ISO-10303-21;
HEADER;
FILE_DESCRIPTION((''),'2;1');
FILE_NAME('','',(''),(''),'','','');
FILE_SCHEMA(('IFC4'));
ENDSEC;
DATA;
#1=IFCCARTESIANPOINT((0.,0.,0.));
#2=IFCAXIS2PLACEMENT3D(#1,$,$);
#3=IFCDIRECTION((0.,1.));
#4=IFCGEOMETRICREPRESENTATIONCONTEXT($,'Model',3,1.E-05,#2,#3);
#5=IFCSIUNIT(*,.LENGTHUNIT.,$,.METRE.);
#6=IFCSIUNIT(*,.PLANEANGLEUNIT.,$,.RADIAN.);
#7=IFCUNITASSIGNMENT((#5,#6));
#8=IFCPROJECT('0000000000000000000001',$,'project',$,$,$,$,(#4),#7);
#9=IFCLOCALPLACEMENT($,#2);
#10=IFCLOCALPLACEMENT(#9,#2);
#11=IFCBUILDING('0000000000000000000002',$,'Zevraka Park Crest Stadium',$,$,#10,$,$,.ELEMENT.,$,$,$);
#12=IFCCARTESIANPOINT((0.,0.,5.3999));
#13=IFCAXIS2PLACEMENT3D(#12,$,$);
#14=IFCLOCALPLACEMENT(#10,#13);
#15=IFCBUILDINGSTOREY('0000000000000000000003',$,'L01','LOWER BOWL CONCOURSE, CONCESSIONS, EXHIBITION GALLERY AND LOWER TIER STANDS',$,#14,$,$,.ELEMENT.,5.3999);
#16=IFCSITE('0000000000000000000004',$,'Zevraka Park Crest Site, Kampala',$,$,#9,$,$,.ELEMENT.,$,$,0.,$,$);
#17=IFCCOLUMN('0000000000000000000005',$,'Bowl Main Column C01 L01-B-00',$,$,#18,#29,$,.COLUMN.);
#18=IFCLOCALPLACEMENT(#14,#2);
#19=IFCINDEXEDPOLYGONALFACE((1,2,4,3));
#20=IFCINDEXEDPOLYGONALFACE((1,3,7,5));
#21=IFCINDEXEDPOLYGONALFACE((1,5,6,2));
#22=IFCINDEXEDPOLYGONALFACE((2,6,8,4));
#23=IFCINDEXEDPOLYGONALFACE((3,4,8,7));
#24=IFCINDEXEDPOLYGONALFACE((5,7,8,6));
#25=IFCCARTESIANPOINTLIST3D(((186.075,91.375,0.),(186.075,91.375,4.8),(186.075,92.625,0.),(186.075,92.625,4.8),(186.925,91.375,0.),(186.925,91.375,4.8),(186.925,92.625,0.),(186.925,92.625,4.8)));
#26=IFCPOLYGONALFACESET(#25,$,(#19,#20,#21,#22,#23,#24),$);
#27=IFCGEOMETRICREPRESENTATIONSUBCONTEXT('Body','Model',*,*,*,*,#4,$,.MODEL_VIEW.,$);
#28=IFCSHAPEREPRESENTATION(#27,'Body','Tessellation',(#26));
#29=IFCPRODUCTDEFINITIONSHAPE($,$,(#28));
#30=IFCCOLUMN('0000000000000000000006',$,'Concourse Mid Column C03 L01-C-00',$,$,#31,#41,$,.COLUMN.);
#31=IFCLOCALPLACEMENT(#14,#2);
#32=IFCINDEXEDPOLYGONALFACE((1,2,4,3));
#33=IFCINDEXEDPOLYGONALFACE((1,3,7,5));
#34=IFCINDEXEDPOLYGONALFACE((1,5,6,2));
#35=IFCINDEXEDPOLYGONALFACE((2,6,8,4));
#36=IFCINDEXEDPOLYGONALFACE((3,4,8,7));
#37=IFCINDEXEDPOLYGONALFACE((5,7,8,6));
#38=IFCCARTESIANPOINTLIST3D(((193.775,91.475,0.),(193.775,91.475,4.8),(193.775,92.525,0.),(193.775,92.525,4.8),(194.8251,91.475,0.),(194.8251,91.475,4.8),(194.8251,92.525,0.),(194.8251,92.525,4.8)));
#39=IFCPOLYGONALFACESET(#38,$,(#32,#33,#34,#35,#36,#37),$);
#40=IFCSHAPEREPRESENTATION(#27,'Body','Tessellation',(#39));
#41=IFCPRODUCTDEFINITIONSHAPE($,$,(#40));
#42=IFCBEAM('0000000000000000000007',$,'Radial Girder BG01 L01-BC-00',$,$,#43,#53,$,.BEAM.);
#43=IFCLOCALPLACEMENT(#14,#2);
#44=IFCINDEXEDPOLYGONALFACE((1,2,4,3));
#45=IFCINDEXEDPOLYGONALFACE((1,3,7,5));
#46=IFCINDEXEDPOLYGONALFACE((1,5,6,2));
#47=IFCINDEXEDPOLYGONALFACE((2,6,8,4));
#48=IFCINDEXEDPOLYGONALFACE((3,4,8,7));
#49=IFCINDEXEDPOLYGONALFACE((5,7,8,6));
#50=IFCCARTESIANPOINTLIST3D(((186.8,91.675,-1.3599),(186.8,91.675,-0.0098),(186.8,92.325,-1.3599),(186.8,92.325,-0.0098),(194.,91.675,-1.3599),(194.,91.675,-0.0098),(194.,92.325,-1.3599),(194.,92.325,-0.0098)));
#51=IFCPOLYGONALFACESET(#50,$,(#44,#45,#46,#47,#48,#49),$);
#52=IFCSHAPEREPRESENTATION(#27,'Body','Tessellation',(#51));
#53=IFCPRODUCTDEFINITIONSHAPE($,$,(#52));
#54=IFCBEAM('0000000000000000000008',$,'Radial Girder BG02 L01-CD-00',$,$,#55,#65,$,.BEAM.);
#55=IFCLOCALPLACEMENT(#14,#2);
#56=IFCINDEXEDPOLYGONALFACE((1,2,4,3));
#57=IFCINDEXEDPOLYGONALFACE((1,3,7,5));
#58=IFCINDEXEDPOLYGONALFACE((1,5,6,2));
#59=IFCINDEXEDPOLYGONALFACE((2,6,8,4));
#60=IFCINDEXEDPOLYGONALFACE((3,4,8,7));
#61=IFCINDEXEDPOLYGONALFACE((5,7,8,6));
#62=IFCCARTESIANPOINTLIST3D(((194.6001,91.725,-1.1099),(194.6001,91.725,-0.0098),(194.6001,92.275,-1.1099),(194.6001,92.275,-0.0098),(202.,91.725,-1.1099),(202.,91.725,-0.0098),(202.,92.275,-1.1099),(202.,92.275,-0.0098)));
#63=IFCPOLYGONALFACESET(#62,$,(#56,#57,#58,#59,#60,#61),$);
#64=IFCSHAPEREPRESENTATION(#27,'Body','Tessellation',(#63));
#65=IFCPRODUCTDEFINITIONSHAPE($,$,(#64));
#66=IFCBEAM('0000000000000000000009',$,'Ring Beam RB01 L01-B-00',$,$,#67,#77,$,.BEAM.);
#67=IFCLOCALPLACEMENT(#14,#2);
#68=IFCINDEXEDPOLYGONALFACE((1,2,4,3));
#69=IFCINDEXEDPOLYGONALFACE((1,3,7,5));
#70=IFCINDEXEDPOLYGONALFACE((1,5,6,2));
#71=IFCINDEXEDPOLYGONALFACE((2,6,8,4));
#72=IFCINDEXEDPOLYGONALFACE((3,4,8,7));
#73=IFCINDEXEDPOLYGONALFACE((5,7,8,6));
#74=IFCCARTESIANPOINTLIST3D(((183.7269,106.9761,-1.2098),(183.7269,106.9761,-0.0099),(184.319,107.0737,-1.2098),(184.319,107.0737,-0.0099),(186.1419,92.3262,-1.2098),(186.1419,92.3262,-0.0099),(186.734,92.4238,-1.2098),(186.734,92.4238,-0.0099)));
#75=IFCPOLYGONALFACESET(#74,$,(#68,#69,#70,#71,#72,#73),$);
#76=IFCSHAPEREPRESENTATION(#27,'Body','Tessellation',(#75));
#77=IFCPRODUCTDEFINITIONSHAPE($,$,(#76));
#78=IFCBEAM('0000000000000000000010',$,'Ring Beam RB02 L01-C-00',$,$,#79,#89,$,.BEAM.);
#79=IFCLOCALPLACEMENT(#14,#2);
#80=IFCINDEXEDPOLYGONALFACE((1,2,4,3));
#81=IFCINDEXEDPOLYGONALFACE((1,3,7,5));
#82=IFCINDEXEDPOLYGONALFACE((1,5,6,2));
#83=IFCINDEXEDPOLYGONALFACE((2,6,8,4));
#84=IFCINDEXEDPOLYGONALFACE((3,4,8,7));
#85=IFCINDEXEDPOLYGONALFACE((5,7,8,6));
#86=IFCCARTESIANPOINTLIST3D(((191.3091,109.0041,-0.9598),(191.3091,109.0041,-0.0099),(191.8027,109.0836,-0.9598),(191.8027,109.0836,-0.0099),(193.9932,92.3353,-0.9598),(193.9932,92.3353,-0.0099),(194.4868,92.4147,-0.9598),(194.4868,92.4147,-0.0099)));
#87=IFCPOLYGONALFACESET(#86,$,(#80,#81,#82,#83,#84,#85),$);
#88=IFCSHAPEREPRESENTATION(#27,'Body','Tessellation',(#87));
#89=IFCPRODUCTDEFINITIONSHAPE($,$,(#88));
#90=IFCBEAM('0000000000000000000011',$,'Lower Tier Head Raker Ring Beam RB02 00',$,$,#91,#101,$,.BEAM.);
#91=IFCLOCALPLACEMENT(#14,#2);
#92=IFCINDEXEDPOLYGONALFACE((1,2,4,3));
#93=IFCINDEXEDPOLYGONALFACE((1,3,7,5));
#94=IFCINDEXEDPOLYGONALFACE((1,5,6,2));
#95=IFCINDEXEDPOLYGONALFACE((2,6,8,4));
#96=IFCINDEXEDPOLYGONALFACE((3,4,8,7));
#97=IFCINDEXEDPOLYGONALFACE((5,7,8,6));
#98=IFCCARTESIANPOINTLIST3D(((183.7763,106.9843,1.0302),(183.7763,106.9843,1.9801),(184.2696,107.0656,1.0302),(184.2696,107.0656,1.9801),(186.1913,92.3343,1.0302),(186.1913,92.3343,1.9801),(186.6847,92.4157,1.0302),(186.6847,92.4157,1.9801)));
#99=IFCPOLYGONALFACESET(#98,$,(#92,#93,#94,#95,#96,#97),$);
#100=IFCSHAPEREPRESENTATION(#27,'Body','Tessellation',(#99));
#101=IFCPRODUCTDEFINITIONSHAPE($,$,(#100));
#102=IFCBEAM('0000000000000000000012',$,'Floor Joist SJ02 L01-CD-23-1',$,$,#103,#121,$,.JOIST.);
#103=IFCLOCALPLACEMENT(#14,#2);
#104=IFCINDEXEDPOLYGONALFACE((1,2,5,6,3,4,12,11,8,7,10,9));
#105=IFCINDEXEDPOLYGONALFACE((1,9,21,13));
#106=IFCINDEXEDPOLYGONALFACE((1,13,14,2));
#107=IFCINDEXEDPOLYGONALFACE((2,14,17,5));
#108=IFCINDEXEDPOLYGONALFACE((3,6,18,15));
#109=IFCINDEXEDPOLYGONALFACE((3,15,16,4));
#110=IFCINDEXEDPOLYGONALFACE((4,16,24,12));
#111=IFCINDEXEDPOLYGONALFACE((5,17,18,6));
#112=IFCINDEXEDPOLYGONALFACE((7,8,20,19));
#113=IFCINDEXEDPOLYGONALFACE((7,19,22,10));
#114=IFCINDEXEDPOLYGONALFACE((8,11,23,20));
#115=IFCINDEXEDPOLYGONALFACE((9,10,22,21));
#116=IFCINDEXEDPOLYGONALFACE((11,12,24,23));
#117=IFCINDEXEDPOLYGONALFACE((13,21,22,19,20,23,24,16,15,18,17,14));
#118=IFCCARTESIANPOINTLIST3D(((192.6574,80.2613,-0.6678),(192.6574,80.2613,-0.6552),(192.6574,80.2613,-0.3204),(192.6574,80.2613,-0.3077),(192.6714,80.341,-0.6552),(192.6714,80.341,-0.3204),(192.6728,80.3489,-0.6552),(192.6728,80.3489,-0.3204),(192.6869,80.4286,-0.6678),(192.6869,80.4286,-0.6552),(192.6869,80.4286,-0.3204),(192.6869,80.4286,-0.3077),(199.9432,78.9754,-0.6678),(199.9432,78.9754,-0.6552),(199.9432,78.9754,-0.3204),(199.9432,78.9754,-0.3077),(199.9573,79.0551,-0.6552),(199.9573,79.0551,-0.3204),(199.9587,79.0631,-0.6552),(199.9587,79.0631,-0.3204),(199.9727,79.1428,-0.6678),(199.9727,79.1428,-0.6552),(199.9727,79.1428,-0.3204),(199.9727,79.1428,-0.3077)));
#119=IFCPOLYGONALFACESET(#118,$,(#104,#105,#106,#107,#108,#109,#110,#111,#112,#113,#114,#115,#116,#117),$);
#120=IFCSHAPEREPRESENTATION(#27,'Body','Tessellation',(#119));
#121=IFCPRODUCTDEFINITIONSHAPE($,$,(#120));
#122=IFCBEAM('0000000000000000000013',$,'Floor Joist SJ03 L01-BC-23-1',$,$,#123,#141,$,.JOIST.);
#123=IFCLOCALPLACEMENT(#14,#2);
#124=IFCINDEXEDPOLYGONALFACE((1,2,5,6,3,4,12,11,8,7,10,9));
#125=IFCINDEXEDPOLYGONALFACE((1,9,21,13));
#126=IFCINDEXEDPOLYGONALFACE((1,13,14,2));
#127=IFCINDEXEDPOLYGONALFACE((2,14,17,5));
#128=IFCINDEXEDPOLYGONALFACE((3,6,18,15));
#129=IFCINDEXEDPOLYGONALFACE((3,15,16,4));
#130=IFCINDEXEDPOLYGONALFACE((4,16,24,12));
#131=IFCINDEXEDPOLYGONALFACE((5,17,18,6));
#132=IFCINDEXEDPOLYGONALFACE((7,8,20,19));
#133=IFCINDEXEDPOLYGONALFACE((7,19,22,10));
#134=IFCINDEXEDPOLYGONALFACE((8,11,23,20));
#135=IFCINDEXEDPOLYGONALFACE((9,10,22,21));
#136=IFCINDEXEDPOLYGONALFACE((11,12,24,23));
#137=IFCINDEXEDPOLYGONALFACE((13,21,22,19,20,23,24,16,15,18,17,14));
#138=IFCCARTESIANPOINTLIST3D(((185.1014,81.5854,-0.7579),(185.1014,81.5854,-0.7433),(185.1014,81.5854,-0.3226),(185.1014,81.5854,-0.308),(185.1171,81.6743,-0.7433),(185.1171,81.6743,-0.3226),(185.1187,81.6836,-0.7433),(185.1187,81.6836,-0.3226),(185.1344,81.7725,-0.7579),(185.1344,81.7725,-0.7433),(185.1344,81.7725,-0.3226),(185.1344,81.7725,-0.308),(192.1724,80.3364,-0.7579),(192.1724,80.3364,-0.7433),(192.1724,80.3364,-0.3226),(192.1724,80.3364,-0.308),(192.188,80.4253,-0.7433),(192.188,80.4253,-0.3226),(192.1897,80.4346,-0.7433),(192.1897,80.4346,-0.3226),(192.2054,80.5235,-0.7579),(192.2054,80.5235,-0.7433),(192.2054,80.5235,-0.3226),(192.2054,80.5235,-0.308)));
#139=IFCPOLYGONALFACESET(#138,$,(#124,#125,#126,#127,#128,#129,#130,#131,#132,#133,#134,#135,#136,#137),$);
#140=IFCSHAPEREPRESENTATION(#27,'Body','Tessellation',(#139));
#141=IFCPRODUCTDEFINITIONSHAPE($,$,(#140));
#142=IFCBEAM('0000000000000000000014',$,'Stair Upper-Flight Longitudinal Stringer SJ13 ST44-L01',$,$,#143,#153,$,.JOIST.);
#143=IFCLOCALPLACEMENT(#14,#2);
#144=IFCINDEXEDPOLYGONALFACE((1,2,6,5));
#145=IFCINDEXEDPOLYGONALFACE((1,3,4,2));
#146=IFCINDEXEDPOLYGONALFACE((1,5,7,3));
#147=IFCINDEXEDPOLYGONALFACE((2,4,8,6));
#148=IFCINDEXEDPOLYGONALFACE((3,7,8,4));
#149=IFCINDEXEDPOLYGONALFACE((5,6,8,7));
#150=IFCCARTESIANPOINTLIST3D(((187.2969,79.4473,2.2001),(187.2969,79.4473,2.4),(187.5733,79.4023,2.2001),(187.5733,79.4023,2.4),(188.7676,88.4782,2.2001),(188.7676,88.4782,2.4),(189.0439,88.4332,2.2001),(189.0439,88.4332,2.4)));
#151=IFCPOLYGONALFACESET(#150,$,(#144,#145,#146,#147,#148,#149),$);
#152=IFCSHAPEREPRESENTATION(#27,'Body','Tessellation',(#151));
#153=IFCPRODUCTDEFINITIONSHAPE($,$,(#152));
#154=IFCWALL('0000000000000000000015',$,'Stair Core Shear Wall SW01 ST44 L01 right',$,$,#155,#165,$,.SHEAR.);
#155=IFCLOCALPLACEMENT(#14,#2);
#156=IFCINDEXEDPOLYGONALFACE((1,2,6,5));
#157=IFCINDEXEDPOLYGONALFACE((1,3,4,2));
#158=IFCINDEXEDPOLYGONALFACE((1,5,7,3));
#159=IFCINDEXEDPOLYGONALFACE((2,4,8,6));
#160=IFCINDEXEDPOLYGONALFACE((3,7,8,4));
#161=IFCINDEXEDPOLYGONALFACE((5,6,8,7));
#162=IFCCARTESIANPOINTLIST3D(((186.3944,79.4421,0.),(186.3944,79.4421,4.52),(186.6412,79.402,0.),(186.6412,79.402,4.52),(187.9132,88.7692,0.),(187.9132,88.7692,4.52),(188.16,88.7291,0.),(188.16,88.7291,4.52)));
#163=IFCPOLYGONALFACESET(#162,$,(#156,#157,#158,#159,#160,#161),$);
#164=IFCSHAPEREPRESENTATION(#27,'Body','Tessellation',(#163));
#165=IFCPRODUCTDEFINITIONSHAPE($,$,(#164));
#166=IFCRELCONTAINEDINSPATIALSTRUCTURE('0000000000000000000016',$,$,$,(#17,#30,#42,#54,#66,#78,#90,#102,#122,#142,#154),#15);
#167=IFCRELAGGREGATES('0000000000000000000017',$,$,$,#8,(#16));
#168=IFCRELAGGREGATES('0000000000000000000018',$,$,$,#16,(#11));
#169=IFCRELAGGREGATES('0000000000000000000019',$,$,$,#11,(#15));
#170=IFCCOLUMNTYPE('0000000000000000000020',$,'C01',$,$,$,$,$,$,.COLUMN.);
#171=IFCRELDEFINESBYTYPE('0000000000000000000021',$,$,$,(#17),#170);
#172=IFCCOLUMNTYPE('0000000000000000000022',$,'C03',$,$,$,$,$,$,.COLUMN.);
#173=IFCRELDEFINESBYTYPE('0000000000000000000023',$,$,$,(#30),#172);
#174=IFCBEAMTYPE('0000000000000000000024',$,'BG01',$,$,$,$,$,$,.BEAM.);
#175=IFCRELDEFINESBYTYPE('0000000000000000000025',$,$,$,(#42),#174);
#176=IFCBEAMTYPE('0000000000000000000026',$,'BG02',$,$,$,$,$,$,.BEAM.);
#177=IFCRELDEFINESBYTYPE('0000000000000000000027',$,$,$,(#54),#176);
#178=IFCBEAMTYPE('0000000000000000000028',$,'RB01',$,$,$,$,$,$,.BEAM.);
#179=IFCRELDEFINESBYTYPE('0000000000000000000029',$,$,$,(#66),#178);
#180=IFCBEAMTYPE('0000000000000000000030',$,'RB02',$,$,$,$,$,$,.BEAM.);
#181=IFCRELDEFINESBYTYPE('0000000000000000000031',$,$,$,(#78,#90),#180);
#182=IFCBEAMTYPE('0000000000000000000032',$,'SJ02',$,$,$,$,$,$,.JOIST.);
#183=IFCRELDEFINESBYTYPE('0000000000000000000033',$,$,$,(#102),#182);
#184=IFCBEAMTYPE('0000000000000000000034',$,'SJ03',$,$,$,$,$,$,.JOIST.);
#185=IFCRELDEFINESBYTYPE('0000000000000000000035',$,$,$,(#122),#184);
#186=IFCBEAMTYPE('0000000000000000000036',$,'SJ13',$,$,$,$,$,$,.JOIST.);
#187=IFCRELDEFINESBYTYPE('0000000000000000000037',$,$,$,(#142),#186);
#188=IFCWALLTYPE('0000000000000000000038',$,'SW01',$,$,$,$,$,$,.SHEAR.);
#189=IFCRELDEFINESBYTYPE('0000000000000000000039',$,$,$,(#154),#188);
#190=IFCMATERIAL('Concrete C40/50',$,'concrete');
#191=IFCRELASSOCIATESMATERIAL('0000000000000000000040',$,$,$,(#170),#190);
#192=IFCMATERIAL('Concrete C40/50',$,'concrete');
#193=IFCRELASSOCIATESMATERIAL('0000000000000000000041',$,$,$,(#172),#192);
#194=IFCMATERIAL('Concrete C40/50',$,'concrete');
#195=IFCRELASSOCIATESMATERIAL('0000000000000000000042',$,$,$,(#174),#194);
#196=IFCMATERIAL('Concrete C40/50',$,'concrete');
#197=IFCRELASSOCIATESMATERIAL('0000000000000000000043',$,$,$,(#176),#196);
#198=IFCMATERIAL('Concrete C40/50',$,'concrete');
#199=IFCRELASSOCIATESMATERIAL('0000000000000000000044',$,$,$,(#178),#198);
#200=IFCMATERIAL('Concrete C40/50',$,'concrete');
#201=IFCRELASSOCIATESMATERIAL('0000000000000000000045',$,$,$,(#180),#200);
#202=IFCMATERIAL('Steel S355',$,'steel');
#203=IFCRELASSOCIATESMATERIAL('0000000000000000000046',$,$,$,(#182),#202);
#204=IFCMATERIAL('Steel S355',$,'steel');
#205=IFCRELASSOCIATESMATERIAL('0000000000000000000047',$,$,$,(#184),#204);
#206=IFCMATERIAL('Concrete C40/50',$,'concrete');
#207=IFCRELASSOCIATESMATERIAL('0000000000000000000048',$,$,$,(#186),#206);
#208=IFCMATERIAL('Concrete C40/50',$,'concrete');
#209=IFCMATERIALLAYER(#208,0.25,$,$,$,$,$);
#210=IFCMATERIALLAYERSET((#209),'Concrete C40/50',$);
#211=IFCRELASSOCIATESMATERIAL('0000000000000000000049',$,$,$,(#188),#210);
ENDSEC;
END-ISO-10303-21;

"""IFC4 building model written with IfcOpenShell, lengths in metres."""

from ifc_helpers import new_model, si_unit, direction, frame, frame_2d, origin, origin_2d, place, context, subcontext, project, spatial, rectangle, i_section, extrude, material, layer, layer_set, material_profile, profile_set, type_object, element, save


model = new_model("IFC4")

# Units and contexts
model_context = context("Model", 3, precision=1e-05, world=origin(), true_north=direction((0.0, 1.0)))
body_context = subcontext(model_context, "Body", "Model", "MODEL_VIEW")
ifc_project = project(units=[si_unit("LENGTHUNIT", "METRE"), si_unit("PLANEANGLEUNIT", "RADIAN")], contexts=[model_context])

# Site, building, storey
site_placement = place(None, origin())
site = spatial("IfcSite", under=ifc_project, at=site_placement, Name="Zevraka Park Crest Site, Kampala", CompositionType="ELEMENT", RefElevation=0.0)
building_placement = place(site_placement, origin())
building = spatial("IfcBuilding", under=site, at=building_placement, Name="Zevraka Park Crest Stadium", CompositionType="ELEMENT")
storey_placement = place(building_placement, frame((0.0, 0.0, 5.3999)))
storey = spatial("IfcBuildingStorey", under=building, at=storey_placement, Name="L01", Description="LOWER BOWL CONCOURSE, CONCESSIONS, EXHIBITION GALLERY AND LOWER TIER STANDS", CompositionType="ELEMENT", Elevation=5.3999)

# Columns
ifc_material_1 = material(Name="Concrete C40/50", Category="concrete")
ifc_material_profile_1 = material_profile(ifc_material_1, rectangle(XDim=0.8501, YDim=1.25, at=origin_2d()), Name="RC 1250x850")
ifc_profile_set_1 = profile_set([ifc_material_profile_1], Name="Concrete C40/50")
column_type_1 = type_object("IfcColumnType", Name="C01", PredefinedType="COLUMN", material=ifc_profile_set_1)
column_1_placement = place(storey_placement, frame((186.5, 92.0, 0.0), z_axis=(0.0, 0.0, 1.0), x_axis=(1.0, 0.0, 0.0)))
element("IfcColumn", 1, at=column_1_placement, inside=storey, type_object=column_type_1, Name="Bowl Main Column C01 L01-B-00", PredefinedType="COLUMN", context=body_context, shape_type="SweptSolid", body=[
    extrude(rectangle(XDim=0.8501, YDim=1.25, at=origin_2d()), origin(), (0.0, 0.0, 1.0), 4.8),
])
ifc_material_2 = material(Name="Concrete C40/50", Category="concrete")
ifc_material_profile_2 = material_profile(ifc_material_2, rectangle(XDim=1.05, YDim=1.05, at=origin_2d()), Name="RC 1050x1050")
ifc_profile_set_2 = profile_set([ifc_material_profile_2], Name="Concrete C40/50")
column_type_2 = type_object("IfcColumnType", Name="C03", PredefinedType="COLUMN", material=ifc_profile_set_2)
column_2_placement = place(storey_placement, frame((194.3, 92.0, 0.0), z_axis=(0.0, 0.0, 1.0), x_axis=(1.0, 0.0, 0.0)))
element("IfcColumn", 2, at=column_2_placement, inside=storey, type_object=column_type_2, Name="Concourse Mid Column C03 L01-C-00", PredefinedType="COLUMN", context=body_context, shape_type="SweptSolid", body=[
    extrude(rectangle(XDim=1.05, YDim=1.05, at=origin_2d()), origin(), (0.0, 0.0, 1.0), 4.8),
])

# Beams
ifc_material_3 = material(Name="Concrete C40/50", Category="concrete")
ifc_material_profile_3 = material_profile(ifc_material_3, rectangle(XDim=0.6499, YDim=1.3501, at=origin_2d()), Name="RC 1350x650")
ifc_profile_set_3 = profile_set([ifc_material_profile_3], Name="Concrete C40/50")
beam_type_1 = type_object("IfcBeamType", Name="BG01", PredefinedType="BEAM", material=ifc_profile_set_3)
beam_1_placement = place(storey_placement, frame((186.8, 92.0, -0.6848), z_axis=(1.0, 0.0, 0.0), x_axis=(0.0, 1.0, 0.0)))
element("IfcBeam", 3, at=beam_1_placement, inside=storey, type_object=beam_type_1, Name="Radial Girder BG01 L01-BC-00", PredefinedType="BEAM", context=body_context, shape_type="SweptSolid", body=[
    extrude(rectangle(XDim=0.6499, YDim=1.3501, at=origin_2d()), origin(), (0.0, 0.0, 1.0), 7.2),
])
ifc_material_4 = material(Name="Concrete C40/50", Category="concrete")
ifc_material_profile_4 = material_profile(ifc_material_4, rectangle(XDim=0.55, YDim=1.1001, at=origin_2d()), Name="RC 1100x550")
ifc_profile_set_4 = profile_set([ifc_material_profile_4], Name="Concrete C40/50")
beam_type_2 = type_object("IfcBeamType", Name="BG02", PredefinedType="BEAM", material=ifc_profile_set_4)
beam_2_placement = place(storey_placement, frame((194.6001, 92.0, -0.5598), z_axis=(1.0, 0.0, 0.0), x_axis=(0.0, 1.0, 0.0)))
element("IfcBeam", 4, at=beam_2_placement, inside=storey, type_object=beam_type_2, Name="Radial Girder BG02 L01-CD-00", PredefinedType="BEAM", context=body_context, shape_type="SweptSolid", body=[
    extrude(rectangle(XDim=0.55, YDim=1.1001, at=origin_2d()), origin(), (0.0, 0.0, 1.0), 7.3999),
])
ifc_material_5 = material(Name="Concrete C40/50", Category="concrete")
ifc_material_profile_5 = material_profile(ifc_material_5, rectangle(XDim=0.6001, YDim=1.2, at=origin_2d()), Name="RC 1200x600")
ifc_profile_set_5 = profile_set([ifc_material_profile_5], Name="Concrete C40/50")
beam_type_3 = type_object("IfcBeamType", Name="RB01", PredefinedType="BEAM", material=ifc_profile_set_5)
beam_3_placement = place(storey_placement, frame((186.438, 92.375, -0.6099), z_axis=(-0.162655, 0.986683, 0.0), x_axis=(-0.986683, -0.162655, 0.0)))
element("IfcBeam", 5, at=beam_3_placement, inside=storey, type_object=beam_type_3, Name="Ring Beam RB01 L01-B-00", PredefinedType="BEAM", context=body_context, shape_type="SweptSolid", body=[
    extrude(rectangle(XDim=0.6001, YDim=1.2, at=origin_2d()), origin(), (0.0, 0.0, 1.0), 14.8477),
])
ifc_material_6 = material(Name="Concrete C40/50", Category="concrete")
ifc_material_profile_6 = material_profile(ifc_material_6, rectangle(XDim=0.5, YDim=0.95, at=origin_2d()), Name="RC 950x500")
ifc_profile_set_6 = profile_set([ifc_material_profile_6], Name="Concrete C40/50")
beam_type_4 = type_object("IfcBeamType", Name="RB02", PredefinedType="BEAM", material=ifc_profile_set_6)
beam_4_placement = place(storey_placement, frame((194.24, 92.375, -0.4849), z_axis=(-0.158975, 0.987283, 0.0), x_axis=(-0.987283, -0.158975, 0.0)))
element("IfcBeam", 6, at=beam_4_placement, inside=storey, type_object=beam_type_4, Name="Ring Beam RB02 L01-C-00", PredefinedType="BEAM", context=body_context, shape_type="SweptSolid", body=[
    extrude(rectangle(XDim=0.5, YDim=0.95, at=origin_2d()), origin(), (0.0, 0.0, 1.0), 16.8835),
])
beam_5_placement = place(storey_placement, frame((186.438, 92.375, 1.5051), z_axis=(-0.162655, 0.986683, 0.0), x_axis=(-0.986683, -0.162655, 0.0)))
element("IfcBeam", 7, at=beam_5_placement, inside=storey, type_object=beam_type_4, Name="Lower Tier Head Raker Ring Beam RB02 00", PredefinedType="BEAM", context=body_context, shape_type="SweptSolid", body=[
    extrude(rectangle(XDim=0.5, YDim=0.95, at=origin_2d()), origin(), (0.0, 0.0, 1.0), 14.8477),
])
ifc_material_7 = material(Name="Steel S355", Category="steel")
ifc_material_profile_7 = material_profile(ifc_material_7, i_section(OverallWidth=0.1699, OverallDepth=0.3601, WebThickness=0.0081, FlangeThickness=0.0127, at=origin_2d()), Name="IPE 360")
ifc_profile_set_7 = profile_set([ifc_material_profile_7], Name="Steel S355")
beam_type_5 = type_object("IfcBeamType", Name="SJ02", PredefinedType="JOIST", material=ifc_profile_set_7)
beam_6_placement = place(storey_placement, frame((192.6721, 80.345, -0.4878), z_axis=(0.98478, -0.173804, 0.0), x_axis=(0.173804, 0.98478, 0.0)))
element("IfcBeam", 8, at=beam_6_placement, inside=storey, type_object=beam_type_5, Name="Floor Joist SJ02 L01-CD-23-1", PredefinedType="JOIST", context=body_context, shape_type="SweptSolid", body=[
    extrude(i_section(OverallWidth=0.1699, OverallDepth=0.3601, WebThickness=0.0081, FlangeThickness=0.0127, at=origin_2d()), origin(), (0.0, 0.0, 1.0), 7.3984),
])
ifc_material_8 = material(Name="Steel S355", Category="steel")
ifc_material_profile_8 = material_profile(ifc_material_8, i_section(OverallWidth=0.1899, OverallDepth=0.45, WebThickness=0.0095, FlangeThickness=0.0146, at=origin_2d()), Name="IPE 450")
ifc_profile_set_8 = profile_set([ifc_material_profile_8], Name="Steel S355")
beam_type_6 = type_object("IfcBeamType", Name="SJ03", PredefinedType="JOIST", material=ifc_profile_set_8)
beam_7_placement = place(storey_placement, frame((185.1179, 81.679, -0.533), z_axis=(0.984755, -0.173946, 0.0), x_axis=(0.173946, 0.984755, 0.0)))
element("IfcBeam", 9, at=beam_7_placement, inside=storey, type_object=beam_type_6, Name="Floor Joist SJ03 L01-BC-23-1", PredefinedType="JOIST", context=body_context, shape_type="SweptSolid", body=[
    extrude(i_section(OverallWidth=0.1899, OverallDepth=0.45, WebThickness=0.0095, FlangeThickness=0.0146, at=origin_2d()), origin(), (0.0, 0.0, 1.0), 7.1804),
])
ifc_material_9 = material(Name="Concrete C40/50", Category="concrete")
ifc_material_profile_9 = material_profile(ifc_material_9, rectangle(XDim=0.28, YDim=0.2, at=origin_2d()), Name="RC 200x280")
ifc_profile_set_9 = profile_set([ifc_material_profile_9], Name="Concrete C40/50")
beam_type_7 = type_object("IfcBeamType", Name="SJ13", PredefinedType="JOIST", material=ifc_profile_set_9)
beam_8_placement = place(storey_placement, frame((187.4351, 79.4248, 2.3), z_axis=(0.160733, 0.986998, 0.0), x_axis=(-0.986998, 0.160733, 0.0)))
element("IfcBeam", 10, at=beam_8_placement, inside=storey, type_object=beam_type_7, Name="Stair Upper-Flight Longitudinal Stringer SJ13 ST44-L01", PredefinedType="JOIST", context=body_context, shape_type="SweptSolid", body=[
    extrude(rectangle(XDim=0.28, YDim=0.2, at=origin_2d()), origin(), (0.0, 0.0, 1.0), 9.1499),
])

# Wall
ifc_material_10 = material(Name="Concrete C40/50", Category="concrete")
ifc_layer = layer(ifc_material_10, 0.25)
ifc_layer_set = layer_set([ifc_layer], Name="Concrete C40/50")
wall_type = type_object("IfcWallType", Name="SW01", PredefinedType="SHEAR", material=ifc_layer_set)
wall_1_placement = place(storey_placement, frame((188.0366, 88.7493, 0.0), z_axis=(0.0, 0.0, 1.0), x_axis=(-0.160719, -0.987, 0.0)))
element("IfcWall", 11, at=wall_1_placement, inside=storey, type_object=wall_type, Name="Stair Core Shear Wall SW01 ST44 L01 right", PredefinedType="SHEAR", context=body_context, shape_type="SweptSolid", body=[
    extrude(rectangle(XDim=9.45, YDim=0.25, at=frame_2d((4.7251, 0.0))), origin(), (0.0, 0.0, 1.0), 4.52),
])

save(model, "model.ifc")
